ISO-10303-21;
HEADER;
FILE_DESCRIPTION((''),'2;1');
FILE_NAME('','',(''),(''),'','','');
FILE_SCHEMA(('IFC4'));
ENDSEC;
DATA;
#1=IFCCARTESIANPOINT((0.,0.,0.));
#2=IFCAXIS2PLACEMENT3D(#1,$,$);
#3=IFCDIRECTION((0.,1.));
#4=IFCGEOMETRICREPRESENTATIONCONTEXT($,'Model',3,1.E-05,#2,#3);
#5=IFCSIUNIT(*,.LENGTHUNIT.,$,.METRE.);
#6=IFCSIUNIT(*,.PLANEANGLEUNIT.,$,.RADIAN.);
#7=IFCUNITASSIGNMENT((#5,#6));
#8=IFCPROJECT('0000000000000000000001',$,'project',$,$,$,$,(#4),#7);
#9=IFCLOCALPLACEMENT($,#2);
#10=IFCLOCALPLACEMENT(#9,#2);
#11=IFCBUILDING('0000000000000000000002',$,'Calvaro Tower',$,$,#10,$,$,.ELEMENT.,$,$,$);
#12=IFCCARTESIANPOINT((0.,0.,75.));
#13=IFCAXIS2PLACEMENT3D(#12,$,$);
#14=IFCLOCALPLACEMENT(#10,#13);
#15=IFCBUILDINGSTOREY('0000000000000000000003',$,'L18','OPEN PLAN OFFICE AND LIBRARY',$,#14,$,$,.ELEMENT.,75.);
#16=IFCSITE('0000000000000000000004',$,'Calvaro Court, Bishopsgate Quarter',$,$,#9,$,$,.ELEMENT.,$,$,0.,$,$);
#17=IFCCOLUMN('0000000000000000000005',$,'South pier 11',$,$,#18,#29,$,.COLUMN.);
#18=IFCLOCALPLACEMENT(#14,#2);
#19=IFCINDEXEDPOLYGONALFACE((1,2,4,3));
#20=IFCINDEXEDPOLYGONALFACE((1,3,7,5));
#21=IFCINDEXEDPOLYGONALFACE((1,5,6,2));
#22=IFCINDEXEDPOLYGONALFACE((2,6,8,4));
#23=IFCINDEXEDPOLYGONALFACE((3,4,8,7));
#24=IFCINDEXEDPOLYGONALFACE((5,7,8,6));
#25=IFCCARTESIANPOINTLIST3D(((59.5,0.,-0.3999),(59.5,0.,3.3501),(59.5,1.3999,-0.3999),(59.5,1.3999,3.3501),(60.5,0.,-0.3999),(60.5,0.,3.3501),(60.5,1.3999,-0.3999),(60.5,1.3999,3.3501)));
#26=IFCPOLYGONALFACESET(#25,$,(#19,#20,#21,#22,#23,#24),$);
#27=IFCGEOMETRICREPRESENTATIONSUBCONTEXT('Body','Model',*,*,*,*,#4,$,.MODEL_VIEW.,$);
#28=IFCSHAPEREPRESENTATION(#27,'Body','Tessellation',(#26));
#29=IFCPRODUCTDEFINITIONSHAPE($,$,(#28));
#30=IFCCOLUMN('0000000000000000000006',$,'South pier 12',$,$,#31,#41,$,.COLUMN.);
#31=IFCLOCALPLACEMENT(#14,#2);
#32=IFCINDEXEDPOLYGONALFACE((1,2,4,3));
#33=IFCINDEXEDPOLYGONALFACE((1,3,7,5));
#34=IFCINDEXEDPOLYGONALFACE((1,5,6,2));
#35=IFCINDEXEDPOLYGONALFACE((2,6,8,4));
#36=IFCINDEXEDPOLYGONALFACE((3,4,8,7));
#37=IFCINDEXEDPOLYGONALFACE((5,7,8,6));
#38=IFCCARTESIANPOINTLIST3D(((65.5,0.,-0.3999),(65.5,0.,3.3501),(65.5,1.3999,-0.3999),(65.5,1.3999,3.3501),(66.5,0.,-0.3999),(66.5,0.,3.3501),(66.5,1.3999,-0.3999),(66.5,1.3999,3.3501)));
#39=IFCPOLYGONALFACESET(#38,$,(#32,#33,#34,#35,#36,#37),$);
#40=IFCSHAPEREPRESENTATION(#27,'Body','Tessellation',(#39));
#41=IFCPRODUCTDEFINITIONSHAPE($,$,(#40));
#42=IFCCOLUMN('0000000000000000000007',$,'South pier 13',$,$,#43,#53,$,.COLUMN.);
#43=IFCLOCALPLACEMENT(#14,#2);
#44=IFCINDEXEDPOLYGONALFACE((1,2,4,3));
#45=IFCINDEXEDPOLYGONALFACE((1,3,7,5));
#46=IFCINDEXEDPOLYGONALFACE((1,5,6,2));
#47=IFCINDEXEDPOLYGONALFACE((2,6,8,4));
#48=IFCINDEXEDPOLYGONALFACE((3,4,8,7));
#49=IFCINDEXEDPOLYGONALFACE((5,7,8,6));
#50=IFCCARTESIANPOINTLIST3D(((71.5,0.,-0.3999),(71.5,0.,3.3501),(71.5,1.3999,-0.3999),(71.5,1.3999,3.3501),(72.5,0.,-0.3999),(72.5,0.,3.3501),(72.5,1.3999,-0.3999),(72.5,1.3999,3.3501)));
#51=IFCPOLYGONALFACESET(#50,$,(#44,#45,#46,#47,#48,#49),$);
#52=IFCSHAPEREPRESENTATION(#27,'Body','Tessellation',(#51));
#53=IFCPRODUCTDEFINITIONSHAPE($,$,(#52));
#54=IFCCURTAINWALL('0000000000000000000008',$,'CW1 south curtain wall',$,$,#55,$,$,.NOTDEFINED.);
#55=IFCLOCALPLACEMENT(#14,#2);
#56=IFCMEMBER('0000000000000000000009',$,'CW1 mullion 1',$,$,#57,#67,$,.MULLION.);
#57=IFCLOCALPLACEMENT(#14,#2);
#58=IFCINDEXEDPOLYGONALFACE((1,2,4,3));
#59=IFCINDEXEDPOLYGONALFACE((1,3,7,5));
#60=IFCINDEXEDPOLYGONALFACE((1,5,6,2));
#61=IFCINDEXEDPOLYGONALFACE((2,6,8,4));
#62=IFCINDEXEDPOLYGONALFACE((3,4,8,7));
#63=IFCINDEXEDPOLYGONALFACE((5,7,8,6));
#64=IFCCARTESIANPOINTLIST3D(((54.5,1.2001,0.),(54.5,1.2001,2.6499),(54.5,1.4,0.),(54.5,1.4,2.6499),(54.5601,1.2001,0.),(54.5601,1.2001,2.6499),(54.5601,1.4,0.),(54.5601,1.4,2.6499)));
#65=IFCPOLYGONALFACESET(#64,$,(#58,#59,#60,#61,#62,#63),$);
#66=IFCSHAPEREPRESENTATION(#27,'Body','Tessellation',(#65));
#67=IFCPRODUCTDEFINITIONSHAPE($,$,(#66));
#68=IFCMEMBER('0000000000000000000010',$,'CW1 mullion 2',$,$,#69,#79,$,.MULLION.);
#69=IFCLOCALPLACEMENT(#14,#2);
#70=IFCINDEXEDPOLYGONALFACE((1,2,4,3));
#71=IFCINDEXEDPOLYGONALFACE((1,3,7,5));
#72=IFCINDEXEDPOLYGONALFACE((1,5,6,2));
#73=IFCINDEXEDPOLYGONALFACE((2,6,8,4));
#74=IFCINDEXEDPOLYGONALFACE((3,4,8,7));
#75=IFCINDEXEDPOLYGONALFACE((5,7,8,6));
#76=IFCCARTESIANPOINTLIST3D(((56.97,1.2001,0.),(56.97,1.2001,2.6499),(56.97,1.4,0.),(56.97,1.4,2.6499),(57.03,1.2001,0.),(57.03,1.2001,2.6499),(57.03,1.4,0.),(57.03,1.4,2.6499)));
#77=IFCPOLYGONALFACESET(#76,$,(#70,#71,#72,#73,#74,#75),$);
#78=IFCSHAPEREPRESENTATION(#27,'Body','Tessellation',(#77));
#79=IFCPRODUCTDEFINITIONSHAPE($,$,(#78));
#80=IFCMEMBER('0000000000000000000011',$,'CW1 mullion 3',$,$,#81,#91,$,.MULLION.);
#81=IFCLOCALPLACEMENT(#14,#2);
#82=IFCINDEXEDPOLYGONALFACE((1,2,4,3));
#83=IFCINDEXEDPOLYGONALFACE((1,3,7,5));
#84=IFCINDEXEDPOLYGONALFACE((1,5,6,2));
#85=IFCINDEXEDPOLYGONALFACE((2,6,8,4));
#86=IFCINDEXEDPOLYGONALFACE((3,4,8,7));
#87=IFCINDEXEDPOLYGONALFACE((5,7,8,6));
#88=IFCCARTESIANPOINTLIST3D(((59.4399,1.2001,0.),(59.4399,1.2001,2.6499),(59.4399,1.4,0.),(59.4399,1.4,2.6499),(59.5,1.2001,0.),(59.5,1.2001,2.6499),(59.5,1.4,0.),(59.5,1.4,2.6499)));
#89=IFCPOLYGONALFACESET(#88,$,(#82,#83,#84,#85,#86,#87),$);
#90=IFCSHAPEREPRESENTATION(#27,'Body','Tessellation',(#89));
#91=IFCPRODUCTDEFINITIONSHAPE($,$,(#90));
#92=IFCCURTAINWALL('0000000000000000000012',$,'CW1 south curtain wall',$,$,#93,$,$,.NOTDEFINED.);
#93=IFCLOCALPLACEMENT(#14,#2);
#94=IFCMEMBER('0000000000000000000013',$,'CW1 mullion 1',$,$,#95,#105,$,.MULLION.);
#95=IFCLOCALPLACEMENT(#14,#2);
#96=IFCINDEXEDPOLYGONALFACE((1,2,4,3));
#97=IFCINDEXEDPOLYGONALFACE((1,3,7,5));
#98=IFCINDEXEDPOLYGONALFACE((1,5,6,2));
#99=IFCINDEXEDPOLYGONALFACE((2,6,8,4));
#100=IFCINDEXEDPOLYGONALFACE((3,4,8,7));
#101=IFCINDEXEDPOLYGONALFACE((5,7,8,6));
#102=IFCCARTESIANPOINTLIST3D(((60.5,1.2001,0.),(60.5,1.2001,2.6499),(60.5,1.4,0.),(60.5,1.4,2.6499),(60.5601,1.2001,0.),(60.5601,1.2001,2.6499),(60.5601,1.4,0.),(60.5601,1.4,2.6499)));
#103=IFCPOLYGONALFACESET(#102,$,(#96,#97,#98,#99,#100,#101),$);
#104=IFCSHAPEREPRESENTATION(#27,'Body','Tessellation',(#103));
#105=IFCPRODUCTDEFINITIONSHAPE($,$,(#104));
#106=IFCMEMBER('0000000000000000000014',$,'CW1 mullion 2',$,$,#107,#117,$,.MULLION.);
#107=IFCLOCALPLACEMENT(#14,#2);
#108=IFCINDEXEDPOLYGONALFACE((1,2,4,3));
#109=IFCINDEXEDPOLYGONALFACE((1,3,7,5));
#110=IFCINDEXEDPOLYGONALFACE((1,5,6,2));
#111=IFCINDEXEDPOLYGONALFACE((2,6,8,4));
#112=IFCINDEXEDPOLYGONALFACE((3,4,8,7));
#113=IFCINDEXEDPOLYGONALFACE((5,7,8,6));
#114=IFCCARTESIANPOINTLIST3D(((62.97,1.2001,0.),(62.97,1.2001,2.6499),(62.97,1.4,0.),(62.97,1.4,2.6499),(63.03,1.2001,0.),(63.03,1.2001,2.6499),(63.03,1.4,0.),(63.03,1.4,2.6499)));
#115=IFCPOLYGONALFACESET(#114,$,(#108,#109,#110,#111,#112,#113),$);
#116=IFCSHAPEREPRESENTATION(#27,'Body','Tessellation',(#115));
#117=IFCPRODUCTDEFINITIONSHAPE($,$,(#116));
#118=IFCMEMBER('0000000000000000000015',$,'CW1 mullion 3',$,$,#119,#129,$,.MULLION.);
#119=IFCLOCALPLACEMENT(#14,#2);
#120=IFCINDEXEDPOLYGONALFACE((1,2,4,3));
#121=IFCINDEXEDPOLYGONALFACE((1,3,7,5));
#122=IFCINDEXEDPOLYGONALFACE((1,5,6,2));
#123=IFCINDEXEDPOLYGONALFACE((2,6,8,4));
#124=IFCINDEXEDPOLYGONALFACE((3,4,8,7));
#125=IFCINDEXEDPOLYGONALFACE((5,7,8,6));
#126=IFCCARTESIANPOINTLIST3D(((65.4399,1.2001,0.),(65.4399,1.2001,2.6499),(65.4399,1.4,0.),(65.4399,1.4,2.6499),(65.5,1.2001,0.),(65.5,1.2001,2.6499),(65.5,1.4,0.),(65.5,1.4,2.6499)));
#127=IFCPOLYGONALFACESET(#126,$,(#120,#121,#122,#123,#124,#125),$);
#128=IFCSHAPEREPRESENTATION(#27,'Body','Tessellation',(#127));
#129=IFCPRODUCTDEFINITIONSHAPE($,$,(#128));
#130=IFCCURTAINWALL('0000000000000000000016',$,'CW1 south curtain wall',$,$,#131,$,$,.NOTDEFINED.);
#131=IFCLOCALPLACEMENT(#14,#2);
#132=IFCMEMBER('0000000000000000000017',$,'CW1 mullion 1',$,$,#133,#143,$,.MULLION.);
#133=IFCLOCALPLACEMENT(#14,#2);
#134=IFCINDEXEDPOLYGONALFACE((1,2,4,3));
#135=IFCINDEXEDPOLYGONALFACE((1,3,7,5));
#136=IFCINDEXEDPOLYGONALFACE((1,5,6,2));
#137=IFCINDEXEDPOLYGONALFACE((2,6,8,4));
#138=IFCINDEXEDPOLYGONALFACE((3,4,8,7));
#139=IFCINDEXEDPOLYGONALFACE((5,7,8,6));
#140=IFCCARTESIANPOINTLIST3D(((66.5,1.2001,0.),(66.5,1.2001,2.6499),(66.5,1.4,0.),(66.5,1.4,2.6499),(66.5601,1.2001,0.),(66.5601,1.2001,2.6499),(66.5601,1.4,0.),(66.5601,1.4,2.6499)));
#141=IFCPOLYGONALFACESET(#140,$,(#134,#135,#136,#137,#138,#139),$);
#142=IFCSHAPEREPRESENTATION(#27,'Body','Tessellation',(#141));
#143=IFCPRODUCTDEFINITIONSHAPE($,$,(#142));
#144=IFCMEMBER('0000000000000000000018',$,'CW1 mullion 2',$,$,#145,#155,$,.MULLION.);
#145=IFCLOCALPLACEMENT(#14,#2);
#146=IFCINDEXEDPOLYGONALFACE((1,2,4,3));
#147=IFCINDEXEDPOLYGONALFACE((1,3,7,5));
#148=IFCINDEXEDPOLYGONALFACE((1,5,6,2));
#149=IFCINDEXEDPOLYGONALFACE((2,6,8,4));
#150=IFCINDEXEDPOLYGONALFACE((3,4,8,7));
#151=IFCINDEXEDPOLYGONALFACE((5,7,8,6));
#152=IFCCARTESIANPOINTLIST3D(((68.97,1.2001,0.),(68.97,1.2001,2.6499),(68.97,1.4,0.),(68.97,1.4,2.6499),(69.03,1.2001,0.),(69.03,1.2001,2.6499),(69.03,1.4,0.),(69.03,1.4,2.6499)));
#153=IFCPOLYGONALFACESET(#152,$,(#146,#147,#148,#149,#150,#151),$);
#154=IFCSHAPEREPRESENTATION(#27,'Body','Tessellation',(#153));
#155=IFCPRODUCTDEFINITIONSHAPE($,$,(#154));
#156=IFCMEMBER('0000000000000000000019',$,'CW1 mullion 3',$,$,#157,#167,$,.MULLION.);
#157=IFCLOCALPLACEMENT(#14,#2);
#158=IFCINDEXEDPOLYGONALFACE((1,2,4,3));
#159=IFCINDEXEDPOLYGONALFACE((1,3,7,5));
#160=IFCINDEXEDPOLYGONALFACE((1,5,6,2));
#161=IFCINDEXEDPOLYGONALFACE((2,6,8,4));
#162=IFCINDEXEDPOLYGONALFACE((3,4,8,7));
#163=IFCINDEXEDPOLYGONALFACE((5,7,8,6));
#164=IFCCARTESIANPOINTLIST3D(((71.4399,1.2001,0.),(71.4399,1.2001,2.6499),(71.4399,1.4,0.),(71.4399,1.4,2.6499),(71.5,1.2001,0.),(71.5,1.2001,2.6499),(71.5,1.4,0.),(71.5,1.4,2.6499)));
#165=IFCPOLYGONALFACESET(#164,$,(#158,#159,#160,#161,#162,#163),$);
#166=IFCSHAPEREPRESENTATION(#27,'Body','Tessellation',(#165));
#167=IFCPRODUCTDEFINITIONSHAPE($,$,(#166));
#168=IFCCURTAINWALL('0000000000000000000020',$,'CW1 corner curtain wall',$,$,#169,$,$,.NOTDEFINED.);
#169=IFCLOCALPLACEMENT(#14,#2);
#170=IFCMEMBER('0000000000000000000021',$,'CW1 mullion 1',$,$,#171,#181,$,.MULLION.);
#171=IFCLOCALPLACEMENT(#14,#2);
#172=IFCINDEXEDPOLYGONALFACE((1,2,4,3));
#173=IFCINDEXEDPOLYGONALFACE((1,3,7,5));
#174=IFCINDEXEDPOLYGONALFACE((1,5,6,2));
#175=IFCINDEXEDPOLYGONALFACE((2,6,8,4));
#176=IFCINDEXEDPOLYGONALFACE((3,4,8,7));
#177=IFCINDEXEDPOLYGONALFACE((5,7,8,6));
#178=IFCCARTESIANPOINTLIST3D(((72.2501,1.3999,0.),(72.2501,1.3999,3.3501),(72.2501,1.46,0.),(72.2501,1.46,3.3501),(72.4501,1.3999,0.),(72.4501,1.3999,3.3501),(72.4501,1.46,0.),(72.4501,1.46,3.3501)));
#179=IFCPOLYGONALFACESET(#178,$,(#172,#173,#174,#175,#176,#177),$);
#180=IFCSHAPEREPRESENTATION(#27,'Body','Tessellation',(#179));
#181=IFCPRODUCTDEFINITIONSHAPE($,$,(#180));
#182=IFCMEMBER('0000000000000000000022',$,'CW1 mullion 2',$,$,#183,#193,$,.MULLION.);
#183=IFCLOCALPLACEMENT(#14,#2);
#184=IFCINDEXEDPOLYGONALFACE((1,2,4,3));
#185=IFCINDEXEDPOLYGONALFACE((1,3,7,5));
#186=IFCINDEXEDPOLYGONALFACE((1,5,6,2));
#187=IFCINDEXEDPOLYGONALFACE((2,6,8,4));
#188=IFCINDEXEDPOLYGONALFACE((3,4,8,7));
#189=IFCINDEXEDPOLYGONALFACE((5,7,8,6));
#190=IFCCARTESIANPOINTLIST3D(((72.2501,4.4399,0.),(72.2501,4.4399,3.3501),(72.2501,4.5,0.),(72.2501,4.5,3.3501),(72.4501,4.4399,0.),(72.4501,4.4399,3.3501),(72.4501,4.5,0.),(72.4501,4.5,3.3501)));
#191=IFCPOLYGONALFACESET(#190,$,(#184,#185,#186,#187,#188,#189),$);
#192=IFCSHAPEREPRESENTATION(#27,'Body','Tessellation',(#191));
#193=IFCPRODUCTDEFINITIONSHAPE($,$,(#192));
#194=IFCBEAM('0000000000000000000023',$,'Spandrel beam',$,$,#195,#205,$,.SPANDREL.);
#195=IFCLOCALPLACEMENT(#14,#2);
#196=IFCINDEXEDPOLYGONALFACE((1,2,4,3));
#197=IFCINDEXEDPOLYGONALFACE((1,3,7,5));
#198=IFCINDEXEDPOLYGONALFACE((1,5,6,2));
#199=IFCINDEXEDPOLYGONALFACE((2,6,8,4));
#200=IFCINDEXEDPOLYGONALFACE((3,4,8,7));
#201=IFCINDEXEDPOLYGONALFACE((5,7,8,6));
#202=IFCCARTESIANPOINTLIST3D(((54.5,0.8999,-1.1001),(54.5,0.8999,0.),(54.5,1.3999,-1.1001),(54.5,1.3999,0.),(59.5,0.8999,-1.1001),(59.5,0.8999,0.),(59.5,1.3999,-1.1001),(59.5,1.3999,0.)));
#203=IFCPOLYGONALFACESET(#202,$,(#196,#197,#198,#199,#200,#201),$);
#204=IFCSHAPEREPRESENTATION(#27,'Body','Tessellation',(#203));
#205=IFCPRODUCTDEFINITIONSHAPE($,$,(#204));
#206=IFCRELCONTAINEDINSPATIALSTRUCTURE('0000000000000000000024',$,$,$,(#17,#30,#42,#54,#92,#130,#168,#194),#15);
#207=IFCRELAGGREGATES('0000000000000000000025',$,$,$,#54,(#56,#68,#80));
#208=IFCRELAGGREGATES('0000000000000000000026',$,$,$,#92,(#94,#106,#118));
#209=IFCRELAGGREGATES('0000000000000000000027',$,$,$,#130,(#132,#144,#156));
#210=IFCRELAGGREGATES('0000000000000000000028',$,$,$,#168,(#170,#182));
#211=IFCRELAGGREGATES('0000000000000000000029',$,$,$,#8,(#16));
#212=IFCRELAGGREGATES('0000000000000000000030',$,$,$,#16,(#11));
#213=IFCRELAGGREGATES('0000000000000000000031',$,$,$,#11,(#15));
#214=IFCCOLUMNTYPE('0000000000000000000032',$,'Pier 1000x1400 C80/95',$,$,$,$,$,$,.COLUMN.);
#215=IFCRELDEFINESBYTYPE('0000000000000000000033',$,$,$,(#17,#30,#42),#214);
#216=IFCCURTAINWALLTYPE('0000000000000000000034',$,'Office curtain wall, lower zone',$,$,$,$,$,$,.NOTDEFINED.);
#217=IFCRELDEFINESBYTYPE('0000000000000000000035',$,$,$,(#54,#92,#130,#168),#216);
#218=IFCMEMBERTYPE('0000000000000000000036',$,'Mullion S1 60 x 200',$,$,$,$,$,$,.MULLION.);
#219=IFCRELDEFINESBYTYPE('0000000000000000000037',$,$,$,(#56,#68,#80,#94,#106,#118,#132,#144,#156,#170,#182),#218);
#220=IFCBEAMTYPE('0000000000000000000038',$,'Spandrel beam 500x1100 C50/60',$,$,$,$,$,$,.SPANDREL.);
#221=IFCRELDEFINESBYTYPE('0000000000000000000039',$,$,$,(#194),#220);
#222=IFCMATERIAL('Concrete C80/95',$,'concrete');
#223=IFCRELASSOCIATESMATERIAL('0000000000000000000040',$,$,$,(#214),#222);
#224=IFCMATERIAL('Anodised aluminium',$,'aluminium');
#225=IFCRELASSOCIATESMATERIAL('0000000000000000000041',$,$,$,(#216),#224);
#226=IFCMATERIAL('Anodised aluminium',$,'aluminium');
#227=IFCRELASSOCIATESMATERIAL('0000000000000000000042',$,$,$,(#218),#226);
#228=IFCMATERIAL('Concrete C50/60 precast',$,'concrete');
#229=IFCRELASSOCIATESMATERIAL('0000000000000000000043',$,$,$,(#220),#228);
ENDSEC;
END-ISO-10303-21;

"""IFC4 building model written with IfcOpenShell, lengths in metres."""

from ifc_helpers import new_model, si_unit, direction, frame, origin, origin_2d, place, context, subcontext, project, spatial, rectangle, extrude, material, material_profile, profile_set, type_object, element, aggregate, save


model = new_model("IFC4")

# Units and contexts
model_context = context("Model", 3, precision=1e-05, world=origin(), true_north=direction((0.0, 1.0)))
body_context = subcontext(model_context, "Body", "Model", "MODEL_VIEW")
ifc_project = project(units=[si_unit("LENGTHUNIT", "METRE"), si_unit("PLANEANGLEUNIT", "RADIAN")], contexts=[model_context])

# Site, building, storey
site_placement = place(None, origin())
site = spatial("IfcSite", under=ifc_project, at=site_placement, Name="Calvaro Court, Bishopsgate Quarter", CompositionType="ELEMENT", RefElevation=0.0)
building_placement = place(site_placement, origin())
building = spatial("IfcBuilding", under=site, at=building_placement, Name="Calvaro Tower", CompositionType="ELEMENT")
storey_placement = place(building_placement, frame((0.0, 0.0, 75.0)))
storey = spatial("IfcBuildingStorey", under=building, at=storey_placement, Name="L18", Description="OPEN PLAN OFFICE AND LIBRARY", CompositionType="ELEMENT", Elevation=75.0)

# Columns
ifc_material_1 = material(Name="Concrete C80/95", Category="concrete")
ifc_material_profile_1 = material_profile(ifc_material_1, rectangle(XDim=1.0, YDim=1.3999, at=origin_2d()), Name="RC 1000x1400")
ifc_profile_set_1 = profile_set([ifc_material_profile_1], Name="Concrete C80/95")
column_type = type_object("IfcColumnType", Name="Pier 1000x1400 C80/95", PredefinedType="COLUMN", material=ifc_profile_set_1)
for number, where, z_axis, x_axis, name in (
    (1, (60.0, 0.7, -0.3999), (0.0, 0.0, 1.0), (1.0, 0.0, 0.0), "South pier 11"),
    (2, (66.0, 0.7, -0.3999), (0.0, 0.0, 1.0), (1.0, 0.0, 0.0), "South pier 12"),
    (3, (72.0, 0.7, -0.3999), (0.0, 0.0, 1.0), (1.0, 0.0, 0.0), "South pier 13"),
):
    element("IfcColumn", number, at=place(storey_placement, frame(where, z_axis=z_axis, x_axis=x_axis)), inside=storey, type_object=column_type, Name=name, PredefinedType="COLUMN", context=body_context, shape_type="SweptSolid", body=[
        extrude(rectangle(XDim=1.0, YDim=1.3999, at=origin_2d()), origin(), (0.0, 0.0, 1.0), 3.75),
    ])

# Curtain walls, members
ifc_material_2 = material(Name="Anodised aluminium", Category="aluminium")
curtain_wall_type = type_object("IfcCurtainWallType", Name="Office curtain wall, lower zone", PredefinedType="NOTDEFINED", material=ifc_material_2)
curtain_wall_1_placement = place(storey_placement, origin())
curtain_wall_1 = element("IfcCurtainWall", 4, at=curtain_wall_1_placement, inside=storey, type_object=curtain_wall_type, Name="CW1 south curtain wall", PredefinedType="NOTDEFINED")
ifc_material_3 = material(Name="Anodised aluminium", Category="aluminium")
ifc_material_profile_2 = material_profile(ifc_material_3, rectangle(XDim=0.2, YDim=0.0601, at=origin_2d()), Name="Mullion S1 60 x 200")
ifc_profile_set_2 = profile_set([ifc_material_profile_2], Name="Anodised aluminium")
member_type_1 = type_object("IfcMemberType", Name="Mullion S1 60 x 200", PredefinedType="MULLION", material=ifc_profile_set_2)
member_1_placement = place(storey_placement, frame((54.53, 1.3, 0.0), z_axis=(0.0, 0.0, 1.0), x_axis=(0.0, 1.0, 0.0)))
member_1 = element("IfcMember", 5, at=member_1_placement, type_object=member_type_1, Name="CW1 mullion 1", PredefinedType="MULLION", context=body_context, shape_type="SweptSolid", body=[
    extrude(rectangle(XDim=0.2, YDim=0.0601, at=origin_2d()), origin(), (0.0, 0.0, 1.0), 2.6499),
])
member_2_placement = place(storey_placement, frame((57.0, 1.3, 0.0), z_axis=(0.0, 0.0, 1.0), x_axis=(0.0, 1.0, 0.0)))
member_2 = element("IfcMember", 6, at=member_2_placement, type_object=member_type_1, Name="CW1 mullion 2", PredefinedType="MULLION", context=body_context, shape_type="SweptSolid", body=[
    extrude(rectangle(XDim=0.2, YDim=0.0601, at=origin_2d()), origin(), (0.0, 0.0, 1.0), 2.6499),
])
member_3_placement = place(storey_placement, frame((59.47, 1.3, 0.0), z_axis=(0.0, 0.0, 1.0), x_axis=(0.0, 1.0, 0.0)))
member_3 = element("IfcMember", 7, at=member_3_placement, type_object=member_type_1, Name="CW1 mullion 3", PredefinedType="MULLION", context=body_context, shape_type="SweptSolid", body=[
    extrude(rectangle(XDim=0.2, YDim=0.0601, at=origin_2d()), origin(), (0.0, 0.0, 1.0), 2.6499),
])
curtain_wall_2_placement = place(storey_placement, origin())
curtain_wall_2 = element("IfcCurtainWall", 8, at=curtain_wall_2_placement, inside=storey, type_object=curtain_wall_type, Name="CW1 south curtain wall", PredefinedType="NOTDEFINED")
member_4_placement = place(storey_placement, frame((60.53, 1.3, 0.0), z_axis=(0.0, 0.0, 1.0), x_axis=(0.0, 1.0, 0.0)))
member_4 = element("IfcMember", 9, at=member_4_placement, type_object=member_type_1, Name="CW1 mullion 1", PredefinedType="MULLION", context=body_context, shape_type="SweptSolid", body=[
    extrude(rectangle(XDim=0.2, YDim=0.0601, at=origin_2d()), origin(), (0.0, 0.0, 1.0), 2.6499),
])
member_5_placement = place(storey_placement, frame((63.0, 1.3, 0.0), z_axis=(0.0, 0.0, 1.0), x_axis=(0.0, 1.0, 0.0)))
member_5 = element("IfcMember", 10, at=member_5_placement, type_object=member_type_1, Name="CW1 mullion 2", PredefinedType="MULLION", context=body_context, shape_type="SweptSolid", body=[
    extrude(rectangle(XDim=0.2, YDim=0.0601, at=origin_2d()), origin(), (0.0, 0.0, 1.0), 2.6499),
])
member_6_placement = place(storey_placement, frame((65.47, 1.3, 0.0), z_axis=(0.0, 0.0, 1.0), x_axis=(0.0, 1.0, 0.0)))
member_6 = element("IfcMember", 11, at=member_6_placement, type_object=member_type_1, Name="CW1 mullion 3", PredefinedType="MULLION", context=body_context, shape_type="SweptSolid", body=[
    extrude(rectangle(XDim=0.2, YDim=0.0601, at=origin_2d()), origin(), (0.0, 0.0, 1.0), 2.6499),
])
curtain_wall_3_placement = place(storey_placement, origin())
curtain_wall_3 = element("IfcCurtainWall", 12, at=curtain_wall_3_placement, inside=storey, type_object=curtain_wall_type, Name="CW1 south curtain wall", PredefinedType="NOTDEFINED")
member_7_placement = place(storey_placement, frame((66.53, 1.3, 0.0), z_axis=(0.0, 0.0, 1.0), x_axis=(0.0, 1.0, 0.0)))
member_7 = element("IfcMember", 13, at=member_7_placement, type_object=member_type_1, Name="CW1 mullion 1", PredefinedType="MULLION", context=body_context, shape_type="SweptSolid", body=[
    extrude(rectangle(XDim=0.2, YDim=0.0601, at=origin_2d()), origin(), (0.0, 0.0, 1.0), 2.6499),
])
member_8_placement = place(storey_placement, frame((69.0, 1.3, 0.0), z_axis=(0.0, 0.0, 1.0), x_axis=(0.0, 1.0, 0.0)))
member_8 = element("IfcMember", 14, at=member_8_placement, type_object=member_type_1, Name="CW1 mullion 2", PredefinedType="MULLION", context=body_context, shape_type="SweptSolid", body=[
    extrude(rectangle(XDim=0.2, YDim=0.0601, at=origin_2d()), origin(), (0.0, 0.0, 1.0), 2.6499),
])
member_9_placement = place(storey_placement, frame((71.47, 1.3, 0.0), z_axis=(0.0, 0.0, 1.0), x_axis=(0.0, 1.0, 0.0)))
member_9 = element("IfcMember", 15, at=member_9_placement, type_object=member_type_1, Name="CW1 mullion 3", PredefinedType="MULLION", context=body_context, shape_type="SweptSolid", body=[
    extrude(rectangle(XDim=0.2, YDim=0.0601, at=origin_2d()), origin(), (0.0, 0.0, 1.0), 2.6499),
])
curtain_wall_4_placement = place(storey_placement, origin())
curtain_wall_4 = element("IfcCurtainWall", 16, at=curtain_wall_4_placement, inside=storey, type_object=curtain_wall_type, Name="CW1 corner curtain wall", PredefinedType="NOTDEFINED")
member_10_placement = place(storey_placement, frame((72.3501, 1.4299, 0.0), z_axis=(0.0, 0.0, 1.0), x_axis=(-1.0, 0.0, 0.0)))
member_10 = element("IfcMember", 17, at=member_10_placement, type_object=member_type_1, Name="CW1 mullion 1", PredefinedType="MULLION", context=body_context, shape_type="SweptSolid", body=[
    extrude(rectangle(XDim=0.2, YDim=0.0601, at=origin_2d()), origin(), (0.0, 0.0, 1.0), 3.3501),
])
member_11_placement = place(storey_placement, frame((72.3501, 4.47, 0.0), z_axis=(0.0, 0.0, 1.0), x_axis=(-1.0, 0.0, 0.0)))
member_11 = element("IfcMember", 18, at=member_11_placement, type_object=member_type_1, Name="CW1 mullion 2", PredefinedType="MULLION", context=body_context, shape_type="SweptSolid", body=[
    extrude(rectangle(XDim=0.2, YDim=0.0601, at=origin_2d()), origin(), (0.0, 0.0, 1.0), 3.3501),
])

# Beam
ifc_material_4 = material(Name="Concrete C50/60 precast", Category="concrete")
ifc_material_profile_3 = material_profile(ifc_material_4, rectangle(XDim=0.5, YDim=1.1001, at=origin_2d()), Name="RC 500x1100")
ifc_profile_set_3 = profile_set([ifc_material_profile_3], Name="Concrete C50/60 precast")
beam_type = type_object("IfcBeamType", Name="Spandrel beam 500x1100 C50/60", PredefinedType="SPANDREL", material=ifc_profile_set_3)
for number, where, z_axis, x_axis, name in (
    (19, (54.5, 1.1499, -0.55), (1.0, 0.0, 0.0), (0.0, 1.0, 0.0), "Spandrel beam"),
):
    element("IfcBeam", number, at=place(storey_placement, frame(where, z_axis=z_axis, x_axis=x_axis)), inside=storey, type_object=beam_type, Name=name, PredefinedType="SPANDREL", context=body_context, shape_type="SweptSolid", body=[
        extrude(rectangle(XDim=0.5, YDim=1.1001, at=origin_2d()), origin(), (0.0, 0.0, 1.0), 5.0),
    ])

aggregate(curtain_wall_1, [member_1, member_2, member_3])
aggregate(curtain_wall_2, [member_4, member_5, member_6])
aggregate(curtain_wall_3, [member_7, member_8, member_9])
aggregate(curtain_wall_4, [member_10, member_11])

save(model, "model.ifc")
